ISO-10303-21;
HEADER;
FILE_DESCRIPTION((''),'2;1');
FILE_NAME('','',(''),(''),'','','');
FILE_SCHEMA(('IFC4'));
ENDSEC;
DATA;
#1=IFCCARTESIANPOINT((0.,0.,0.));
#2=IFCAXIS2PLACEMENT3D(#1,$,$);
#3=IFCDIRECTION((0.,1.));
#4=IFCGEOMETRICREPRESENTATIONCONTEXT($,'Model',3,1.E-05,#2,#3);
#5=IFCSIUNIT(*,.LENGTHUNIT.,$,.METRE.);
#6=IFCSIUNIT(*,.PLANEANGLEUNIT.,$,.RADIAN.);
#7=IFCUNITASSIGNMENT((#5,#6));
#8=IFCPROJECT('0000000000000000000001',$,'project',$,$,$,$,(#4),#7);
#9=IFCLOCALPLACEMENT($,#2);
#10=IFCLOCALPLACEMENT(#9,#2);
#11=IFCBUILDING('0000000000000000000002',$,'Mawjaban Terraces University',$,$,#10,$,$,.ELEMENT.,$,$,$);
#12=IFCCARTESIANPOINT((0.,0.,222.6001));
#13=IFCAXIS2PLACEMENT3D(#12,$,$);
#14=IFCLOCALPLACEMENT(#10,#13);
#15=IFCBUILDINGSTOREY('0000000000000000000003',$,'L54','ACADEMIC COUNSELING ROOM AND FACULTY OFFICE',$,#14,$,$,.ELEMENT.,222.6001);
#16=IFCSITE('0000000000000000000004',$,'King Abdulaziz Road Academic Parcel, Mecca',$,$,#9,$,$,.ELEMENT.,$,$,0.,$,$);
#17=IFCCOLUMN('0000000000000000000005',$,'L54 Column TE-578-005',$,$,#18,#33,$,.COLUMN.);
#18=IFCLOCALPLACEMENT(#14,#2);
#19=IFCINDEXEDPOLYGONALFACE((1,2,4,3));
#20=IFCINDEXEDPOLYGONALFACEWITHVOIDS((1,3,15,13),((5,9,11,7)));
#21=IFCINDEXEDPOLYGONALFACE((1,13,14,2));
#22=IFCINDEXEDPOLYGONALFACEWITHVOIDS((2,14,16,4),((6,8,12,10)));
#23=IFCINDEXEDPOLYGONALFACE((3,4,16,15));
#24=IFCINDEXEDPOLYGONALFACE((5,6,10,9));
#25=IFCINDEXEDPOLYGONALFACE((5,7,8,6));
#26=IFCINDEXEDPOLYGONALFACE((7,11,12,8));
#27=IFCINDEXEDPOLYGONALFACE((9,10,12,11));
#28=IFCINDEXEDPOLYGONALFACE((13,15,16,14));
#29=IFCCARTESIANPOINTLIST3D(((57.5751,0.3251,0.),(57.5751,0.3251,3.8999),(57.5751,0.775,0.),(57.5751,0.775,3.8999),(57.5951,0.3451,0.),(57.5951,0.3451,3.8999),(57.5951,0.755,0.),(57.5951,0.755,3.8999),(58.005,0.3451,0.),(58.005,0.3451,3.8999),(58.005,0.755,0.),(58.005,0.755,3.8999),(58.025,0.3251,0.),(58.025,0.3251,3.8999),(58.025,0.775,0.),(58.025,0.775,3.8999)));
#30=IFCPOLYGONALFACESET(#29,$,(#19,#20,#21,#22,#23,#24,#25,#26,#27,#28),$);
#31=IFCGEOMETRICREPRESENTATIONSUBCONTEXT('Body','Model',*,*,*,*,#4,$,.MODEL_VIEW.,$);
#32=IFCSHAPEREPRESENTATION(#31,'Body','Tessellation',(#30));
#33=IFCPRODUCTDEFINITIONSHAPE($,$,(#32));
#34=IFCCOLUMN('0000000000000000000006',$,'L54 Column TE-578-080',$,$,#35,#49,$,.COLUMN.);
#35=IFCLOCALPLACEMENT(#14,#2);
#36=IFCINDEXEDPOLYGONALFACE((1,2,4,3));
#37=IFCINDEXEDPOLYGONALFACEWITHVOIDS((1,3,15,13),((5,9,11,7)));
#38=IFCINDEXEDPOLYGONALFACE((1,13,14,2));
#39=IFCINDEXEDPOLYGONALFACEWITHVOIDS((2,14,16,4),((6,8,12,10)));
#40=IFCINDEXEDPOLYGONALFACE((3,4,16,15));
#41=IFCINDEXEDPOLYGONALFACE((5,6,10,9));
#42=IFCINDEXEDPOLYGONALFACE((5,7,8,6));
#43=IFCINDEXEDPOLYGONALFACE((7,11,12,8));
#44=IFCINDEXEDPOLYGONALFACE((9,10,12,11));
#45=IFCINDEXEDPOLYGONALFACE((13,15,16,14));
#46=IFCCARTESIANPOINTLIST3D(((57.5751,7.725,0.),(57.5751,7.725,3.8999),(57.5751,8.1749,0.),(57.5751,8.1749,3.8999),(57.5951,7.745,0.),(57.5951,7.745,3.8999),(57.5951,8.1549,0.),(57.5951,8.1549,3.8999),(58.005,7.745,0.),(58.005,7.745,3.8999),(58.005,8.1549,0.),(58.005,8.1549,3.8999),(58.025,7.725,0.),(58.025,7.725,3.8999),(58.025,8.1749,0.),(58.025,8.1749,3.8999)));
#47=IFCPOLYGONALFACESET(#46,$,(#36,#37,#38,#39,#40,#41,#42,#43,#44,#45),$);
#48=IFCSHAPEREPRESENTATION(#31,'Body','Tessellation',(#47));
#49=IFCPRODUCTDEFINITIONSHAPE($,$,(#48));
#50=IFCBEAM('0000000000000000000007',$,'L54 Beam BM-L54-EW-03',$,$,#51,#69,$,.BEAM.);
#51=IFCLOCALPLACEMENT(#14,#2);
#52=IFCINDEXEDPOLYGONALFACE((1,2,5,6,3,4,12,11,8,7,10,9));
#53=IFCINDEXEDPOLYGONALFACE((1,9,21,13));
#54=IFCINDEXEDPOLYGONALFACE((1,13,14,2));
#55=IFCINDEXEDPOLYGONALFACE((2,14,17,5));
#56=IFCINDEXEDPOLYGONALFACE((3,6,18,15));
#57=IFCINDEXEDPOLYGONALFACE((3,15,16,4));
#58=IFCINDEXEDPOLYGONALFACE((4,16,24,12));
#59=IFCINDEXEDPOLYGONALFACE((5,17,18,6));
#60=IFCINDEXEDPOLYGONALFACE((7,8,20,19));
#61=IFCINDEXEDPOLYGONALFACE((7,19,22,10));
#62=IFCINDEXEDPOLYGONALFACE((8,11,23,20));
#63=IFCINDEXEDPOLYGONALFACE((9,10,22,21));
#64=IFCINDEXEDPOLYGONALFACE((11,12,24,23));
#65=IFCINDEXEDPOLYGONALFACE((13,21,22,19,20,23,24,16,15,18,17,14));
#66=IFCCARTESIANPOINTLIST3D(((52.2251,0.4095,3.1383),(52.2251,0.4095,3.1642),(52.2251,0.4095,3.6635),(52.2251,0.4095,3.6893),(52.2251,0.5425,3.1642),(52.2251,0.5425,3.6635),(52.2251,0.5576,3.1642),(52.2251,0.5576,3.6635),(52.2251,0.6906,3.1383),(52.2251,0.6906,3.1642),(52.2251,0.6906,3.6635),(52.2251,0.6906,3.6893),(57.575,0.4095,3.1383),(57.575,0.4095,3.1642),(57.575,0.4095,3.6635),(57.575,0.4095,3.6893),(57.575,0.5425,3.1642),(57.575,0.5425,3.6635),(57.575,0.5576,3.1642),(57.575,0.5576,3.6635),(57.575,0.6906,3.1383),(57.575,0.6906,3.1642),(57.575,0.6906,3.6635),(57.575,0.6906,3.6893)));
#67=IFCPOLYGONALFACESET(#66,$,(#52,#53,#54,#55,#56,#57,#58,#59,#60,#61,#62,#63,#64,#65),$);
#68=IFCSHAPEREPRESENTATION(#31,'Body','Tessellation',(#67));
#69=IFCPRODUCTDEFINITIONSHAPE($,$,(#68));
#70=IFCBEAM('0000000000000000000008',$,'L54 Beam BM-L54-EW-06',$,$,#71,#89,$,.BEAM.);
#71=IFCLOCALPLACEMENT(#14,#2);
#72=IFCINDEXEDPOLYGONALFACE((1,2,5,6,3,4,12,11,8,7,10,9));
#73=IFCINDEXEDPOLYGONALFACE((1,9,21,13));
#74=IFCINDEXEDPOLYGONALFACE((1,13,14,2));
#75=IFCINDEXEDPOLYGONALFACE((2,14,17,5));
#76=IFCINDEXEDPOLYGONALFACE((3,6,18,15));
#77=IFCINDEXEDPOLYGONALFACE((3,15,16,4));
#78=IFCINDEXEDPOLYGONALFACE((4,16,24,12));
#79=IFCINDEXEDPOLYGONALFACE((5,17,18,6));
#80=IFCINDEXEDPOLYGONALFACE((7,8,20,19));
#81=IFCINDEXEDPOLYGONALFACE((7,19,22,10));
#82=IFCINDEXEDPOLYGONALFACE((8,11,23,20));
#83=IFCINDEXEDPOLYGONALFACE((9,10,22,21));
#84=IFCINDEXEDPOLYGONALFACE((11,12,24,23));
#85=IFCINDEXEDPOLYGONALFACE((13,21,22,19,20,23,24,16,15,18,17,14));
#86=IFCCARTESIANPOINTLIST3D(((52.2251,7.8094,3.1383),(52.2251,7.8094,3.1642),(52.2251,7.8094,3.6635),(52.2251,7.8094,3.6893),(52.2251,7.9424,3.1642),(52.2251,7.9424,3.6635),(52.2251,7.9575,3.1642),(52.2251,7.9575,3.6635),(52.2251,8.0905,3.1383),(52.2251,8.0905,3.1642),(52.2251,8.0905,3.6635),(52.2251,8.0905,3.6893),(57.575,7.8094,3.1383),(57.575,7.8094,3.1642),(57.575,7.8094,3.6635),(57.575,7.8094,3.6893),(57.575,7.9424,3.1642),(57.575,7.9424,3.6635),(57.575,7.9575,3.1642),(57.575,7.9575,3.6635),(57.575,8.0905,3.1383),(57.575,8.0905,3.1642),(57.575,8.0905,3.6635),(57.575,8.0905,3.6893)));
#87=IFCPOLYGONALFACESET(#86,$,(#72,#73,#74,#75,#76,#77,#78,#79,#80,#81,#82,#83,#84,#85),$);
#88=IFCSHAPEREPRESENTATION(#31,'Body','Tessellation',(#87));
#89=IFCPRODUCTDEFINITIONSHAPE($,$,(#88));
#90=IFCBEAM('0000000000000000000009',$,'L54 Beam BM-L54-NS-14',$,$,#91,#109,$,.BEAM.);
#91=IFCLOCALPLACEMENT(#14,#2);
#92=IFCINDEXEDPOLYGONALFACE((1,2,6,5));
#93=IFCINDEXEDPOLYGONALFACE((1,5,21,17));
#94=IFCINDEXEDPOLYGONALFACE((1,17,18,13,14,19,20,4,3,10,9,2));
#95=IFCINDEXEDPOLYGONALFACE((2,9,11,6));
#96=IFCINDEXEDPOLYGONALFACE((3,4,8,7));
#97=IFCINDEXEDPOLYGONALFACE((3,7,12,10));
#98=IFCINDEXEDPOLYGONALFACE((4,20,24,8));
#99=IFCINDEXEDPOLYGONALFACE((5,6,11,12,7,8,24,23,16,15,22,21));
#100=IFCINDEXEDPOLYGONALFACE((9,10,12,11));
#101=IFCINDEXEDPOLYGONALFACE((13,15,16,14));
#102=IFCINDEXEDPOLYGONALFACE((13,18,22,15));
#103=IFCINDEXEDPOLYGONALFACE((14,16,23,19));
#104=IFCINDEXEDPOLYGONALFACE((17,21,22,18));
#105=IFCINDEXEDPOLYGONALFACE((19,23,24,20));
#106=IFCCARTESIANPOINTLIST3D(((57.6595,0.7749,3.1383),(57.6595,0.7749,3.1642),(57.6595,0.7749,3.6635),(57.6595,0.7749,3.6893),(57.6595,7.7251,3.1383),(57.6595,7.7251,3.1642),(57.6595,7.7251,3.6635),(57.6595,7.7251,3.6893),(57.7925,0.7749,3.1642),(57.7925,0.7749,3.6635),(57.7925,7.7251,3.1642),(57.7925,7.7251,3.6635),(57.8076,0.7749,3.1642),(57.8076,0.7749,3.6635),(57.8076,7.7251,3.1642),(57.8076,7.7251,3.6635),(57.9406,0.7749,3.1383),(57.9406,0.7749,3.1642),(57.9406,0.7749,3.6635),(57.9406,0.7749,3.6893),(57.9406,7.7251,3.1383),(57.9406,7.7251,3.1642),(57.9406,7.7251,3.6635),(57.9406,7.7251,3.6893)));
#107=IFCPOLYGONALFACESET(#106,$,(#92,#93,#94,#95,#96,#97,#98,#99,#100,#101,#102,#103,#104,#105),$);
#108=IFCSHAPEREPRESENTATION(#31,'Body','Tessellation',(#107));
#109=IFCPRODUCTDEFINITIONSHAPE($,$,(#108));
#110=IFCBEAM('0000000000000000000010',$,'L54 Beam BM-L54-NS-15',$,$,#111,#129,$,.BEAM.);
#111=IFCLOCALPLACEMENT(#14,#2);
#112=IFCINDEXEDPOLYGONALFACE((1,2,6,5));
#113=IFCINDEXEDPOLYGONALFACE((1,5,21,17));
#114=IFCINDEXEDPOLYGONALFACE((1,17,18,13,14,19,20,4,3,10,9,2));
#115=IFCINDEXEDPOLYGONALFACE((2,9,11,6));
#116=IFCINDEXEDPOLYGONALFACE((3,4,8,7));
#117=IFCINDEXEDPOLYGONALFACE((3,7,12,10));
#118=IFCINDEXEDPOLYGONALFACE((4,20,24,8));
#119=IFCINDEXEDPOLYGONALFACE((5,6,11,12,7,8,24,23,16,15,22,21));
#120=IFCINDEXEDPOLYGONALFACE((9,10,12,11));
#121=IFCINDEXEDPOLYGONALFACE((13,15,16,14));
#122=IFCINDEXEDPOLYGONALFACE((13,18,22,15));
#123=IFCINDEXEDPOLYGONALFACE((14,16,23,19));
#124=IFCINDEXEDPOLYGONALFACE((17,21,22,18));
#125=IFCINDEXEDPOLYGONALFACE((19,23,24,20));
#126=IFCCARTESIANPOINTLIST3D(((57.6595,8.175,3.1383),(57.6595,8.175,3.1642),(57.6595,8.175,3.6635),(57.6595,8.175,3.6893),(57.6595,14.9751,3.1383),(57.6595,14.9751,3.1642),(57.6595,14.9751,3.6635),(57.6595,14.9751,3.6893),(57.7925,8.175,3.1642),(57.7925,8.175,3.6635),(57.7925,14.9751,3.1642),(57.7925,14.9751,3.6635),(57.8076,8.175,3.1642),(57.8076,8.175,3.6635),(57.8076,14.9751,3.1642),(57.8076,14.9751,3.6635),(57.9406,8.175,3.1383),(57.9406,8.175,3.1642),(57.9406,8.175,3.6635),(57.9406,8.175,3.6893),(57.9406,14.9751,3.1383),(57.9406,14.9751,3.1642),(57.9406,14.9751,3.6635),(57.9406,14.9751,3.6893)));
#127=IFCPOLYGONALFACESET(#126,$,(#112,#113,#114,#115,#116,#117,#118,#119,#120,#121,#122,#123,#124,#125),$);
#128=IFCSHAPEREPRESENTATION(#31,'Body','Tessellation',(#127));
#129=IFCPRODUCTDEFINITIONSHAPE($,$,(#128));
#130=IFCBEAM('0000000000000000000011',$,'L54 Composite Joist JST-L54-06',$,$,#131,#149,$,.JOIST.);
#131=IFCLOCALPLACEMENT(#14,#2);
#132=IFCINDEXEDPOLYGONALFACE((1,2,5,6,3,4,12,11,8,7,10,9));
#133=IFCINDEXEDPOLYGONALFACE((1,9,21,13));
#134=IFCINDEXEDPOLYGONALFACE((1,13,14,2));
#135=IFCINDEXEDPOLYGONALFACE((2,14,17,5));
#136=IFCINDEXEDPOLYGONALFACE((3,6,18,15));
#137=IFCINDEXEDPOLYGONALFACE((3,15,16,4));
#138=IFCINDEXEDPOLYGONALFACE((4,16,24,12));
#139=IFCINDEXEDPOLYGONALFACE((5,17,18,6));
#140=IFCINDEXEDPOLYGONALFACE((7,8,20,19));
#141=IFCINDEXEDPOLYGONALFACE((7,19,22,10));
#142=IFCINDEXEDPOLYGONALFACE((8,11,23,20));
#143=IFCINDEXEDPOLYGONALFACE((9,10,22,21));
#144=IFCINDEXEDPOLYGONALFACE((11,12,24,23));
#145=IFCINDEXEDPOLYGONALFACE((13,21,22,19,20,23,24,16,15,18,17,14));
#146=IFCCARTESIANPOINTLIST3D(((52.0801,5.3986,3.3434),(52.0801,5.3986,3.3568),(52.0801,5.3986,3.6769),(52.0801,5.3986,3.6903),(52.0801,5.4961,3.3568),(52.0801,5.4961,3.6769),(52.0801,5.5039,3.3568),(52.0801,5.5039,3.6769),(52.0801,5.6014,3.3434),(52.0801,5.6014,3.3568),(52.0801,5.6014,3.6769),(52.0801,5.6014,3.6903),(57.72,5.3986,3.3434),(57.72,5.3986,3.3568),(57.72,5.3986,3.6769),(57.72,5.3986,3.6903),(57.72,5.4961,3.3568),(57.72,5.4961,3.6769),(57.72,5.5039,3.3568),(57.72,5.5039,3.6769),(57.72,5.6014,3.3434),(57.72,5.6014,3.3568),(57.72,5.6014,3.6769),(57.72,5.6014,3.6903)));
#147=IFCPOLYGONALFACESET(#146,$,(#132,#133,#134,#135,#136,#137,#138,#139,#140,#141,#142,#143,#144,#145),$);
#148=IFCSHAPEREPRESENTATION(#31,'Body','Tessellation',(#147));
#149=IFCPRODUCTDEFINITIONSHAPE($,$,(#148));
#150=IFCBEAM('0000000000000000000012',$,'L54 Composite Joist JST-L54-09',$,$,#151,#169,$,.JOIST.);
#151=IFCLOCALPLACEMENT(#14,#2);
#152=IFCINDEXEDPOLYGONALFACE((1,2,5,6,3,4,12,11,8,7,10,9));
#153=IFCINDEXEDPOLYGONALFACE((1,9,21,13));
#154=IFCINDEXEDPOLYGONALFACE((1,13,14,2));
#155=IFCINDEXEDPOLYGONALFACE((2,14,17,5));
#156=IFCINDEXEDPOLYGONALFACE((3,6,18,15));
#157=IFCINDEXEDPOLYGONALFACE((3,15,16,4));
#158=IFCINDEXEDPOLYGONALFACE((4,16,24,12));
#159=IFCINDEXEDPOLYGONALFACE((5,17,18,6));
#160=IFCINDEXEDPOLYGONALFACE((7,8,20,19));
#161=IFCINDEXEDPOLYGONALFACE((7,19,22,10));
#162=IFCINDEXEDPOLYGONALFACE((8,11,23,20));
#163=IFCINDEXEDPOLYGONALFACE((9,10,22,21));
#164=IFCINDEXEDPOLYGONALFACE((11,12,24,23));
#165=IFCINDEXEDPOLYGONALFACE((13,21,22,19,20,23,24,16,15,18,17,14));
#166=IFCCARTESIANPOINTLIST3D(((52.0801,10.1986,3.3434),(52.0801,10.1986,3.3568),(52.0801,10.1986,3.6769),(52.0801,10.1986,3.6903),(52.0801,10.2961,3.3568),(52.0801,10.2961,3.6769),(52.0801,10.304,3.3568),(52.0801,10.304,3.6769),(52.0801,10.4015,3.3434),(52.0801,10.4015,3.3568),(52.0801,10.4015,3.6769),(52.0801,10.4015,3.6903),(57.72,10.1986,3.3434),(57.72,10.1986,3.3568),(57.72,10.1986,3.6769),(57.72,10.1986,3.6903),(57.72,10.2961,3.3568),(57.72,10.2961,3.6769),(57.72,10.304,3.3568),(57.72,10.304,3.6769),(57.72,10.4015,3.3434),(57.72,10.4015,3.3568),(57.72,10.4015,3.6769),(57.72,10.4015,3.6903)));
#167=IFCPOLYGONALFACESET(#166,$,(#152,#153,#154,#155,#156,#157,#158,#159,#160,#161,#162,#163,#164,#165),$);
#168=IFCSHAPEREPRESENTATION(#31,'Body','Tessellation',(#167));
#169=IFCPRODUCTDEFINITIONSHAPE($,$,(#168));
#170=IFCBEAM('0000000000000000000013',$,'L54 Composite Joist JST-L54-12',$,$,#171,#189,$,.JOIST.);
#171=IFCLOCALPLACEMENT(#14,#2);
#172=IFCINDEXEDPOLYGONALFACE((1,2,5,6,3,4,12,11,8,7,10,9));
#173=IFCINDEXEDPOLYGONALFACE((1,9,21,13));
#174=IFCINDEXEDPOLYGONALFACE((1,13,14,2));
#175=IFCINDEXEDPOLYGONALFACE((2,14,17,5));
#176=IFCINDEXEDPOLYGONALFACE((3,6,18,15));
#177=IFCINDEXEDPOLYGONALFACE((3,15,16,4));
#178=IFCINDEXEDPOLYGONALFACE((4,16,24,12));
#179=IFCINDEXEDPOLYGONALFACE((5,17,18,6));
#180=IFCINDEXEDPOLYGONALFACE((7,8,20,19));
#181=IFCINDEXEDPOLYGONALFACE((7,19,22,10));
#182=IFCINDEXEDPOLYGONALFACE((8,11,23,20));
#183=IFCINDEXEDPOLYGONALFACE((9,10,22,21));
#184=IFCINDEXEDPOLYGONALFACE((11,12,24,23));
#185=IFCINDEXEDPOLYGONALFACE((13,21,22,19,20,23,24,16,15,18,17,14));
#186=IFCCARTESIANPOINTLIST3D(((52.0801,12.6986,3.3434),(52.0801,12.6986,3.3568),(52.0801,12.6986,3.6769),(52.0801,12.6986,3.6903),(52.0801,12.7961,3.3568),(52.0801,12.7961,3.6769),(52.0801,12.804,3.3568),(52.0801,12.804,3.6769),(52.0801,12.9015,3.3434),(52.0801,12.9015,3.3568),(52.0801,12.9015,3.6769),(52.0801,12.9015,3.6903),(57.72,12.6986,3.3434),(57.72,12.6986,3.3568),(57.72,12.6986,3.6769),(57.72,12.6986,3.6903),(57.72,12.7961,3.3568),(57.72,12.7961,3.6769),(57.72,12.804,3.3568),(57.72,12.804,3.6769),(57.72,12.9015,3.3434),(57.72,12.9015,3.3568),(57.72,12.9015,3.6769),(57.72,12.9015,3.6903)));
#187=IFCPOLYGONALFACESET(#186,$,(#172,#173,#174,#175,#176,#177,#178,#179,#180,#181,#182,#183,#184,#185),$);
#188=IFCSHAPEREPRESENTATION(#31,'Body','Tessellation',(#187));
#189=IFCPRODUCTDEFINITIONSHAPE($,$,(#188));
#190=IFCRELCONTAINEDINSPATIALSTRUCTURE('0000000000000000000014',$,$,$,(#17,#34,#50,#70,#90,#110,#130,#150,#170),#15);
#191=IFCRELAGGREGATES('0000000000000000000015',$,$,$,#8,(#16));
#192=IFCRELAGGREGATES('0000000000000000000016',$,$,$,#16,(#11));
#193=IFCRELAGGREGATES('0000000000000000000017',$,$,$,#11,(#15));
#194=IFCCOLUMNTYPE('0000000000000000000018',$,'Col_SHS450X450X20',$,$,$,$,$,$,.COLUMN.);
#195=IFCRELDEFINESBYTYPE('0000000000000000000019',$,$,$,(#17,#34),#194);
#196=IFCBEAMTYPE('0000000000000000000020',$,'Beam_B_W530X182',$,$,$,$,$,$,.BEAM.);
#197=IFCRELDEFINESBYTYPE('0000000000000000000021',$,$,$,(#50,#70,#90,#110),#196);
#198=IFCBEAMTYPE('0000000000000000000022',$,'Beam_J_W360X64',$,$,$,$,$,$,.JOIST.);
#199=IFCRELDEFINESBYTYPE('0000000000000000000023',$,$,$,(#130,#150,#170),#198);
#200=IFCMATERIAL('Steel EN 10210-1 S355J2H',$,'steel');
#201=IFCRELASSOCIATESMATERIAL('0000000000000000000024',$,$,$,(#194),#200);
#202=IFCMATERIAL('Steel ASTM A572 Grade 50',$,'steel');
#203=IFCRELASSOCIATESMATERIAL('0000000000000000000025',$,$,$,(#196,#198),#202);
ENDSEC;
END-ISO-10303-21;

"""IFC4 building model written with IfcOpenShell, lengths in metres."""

from ifc_helpers import new_model, si_unit, direction, frame, origin, origin_2d, place, context, subcontext, project, spatial, hollow_rectangle, i_section, extrude, material, material_profile, profile_set, type_object, element, save


model = new_model("IFC4")

# Units and contexts
model_context = context("Model", 3, precision=1e-05, world=origin(), true_north=direction((0.0, 1.0)))
body_context = subcontext(model_context, "Body", "Model", "MODEL_VIEW")
ifc_project = project(units=[si_unit("LENGTHUNIT", "METRE"), si_unit("PLANEANGLEUNIT", "RADIAN")], contexts=[model_context])

# Site, building, storey
site_placement = place(None, origin())
site = spatial("IfcSite", under=ifc_project, at=site_placement, Name="King Abdulaziz Road Academic Parcel, Mecca", CompositionType="ELEMENT", RefElevation=0.0)
building_placement = place(site_placement, origin())
building = spatial("IfcBuilding", under=site, at=building_placement, Name="Mawjaban Terraces University", CompositionType="ELEMENT")
storey_placement = place(building_placement, frame((0.0, 0.0, 222.6001)))
storey = spatial("IfcBuildingStorey", under=building, at=storey_placement, Name="L54", Description="ACADEMIC COUNSELING ROOM AND FACULTY OFFICE", CompositionType="ELEMENT", Elevation=222.6001)

# Columns
ifc_material_1 = material(Name="Steel EN 10210-1 S355J2H", Category="steel")
ifc_material_profile_1 = material_profile(ifc_material_1, hollow_rectangle(XDim=0.45, YDim=0.45, WallThickness=0.02, at=origin_2d()), Name="SHS450X450X20")
ifc_profile_set_1 = profile_set([ifc_material_profile_1], Name="Steel EN 10210-1 S355J2H")
column_type = type_object("IfcColumnType", Name="Col_SHS450X450X20", PredefinedType="COLUMN", material=ifc_profile_set_1)
for number, where, z_axis, x_axis, name in (
    (1, (57.8, 0.55, 0.0), (0.0, 0.0, 1.0), (1.0, 0.0, 0.0), "L54 Column TE-578-005"),
    (2, (57.8, 7.95, 0.0), (0.0, 0.0, 1.0), (1.0, 0.0, 0.0), "L54 Column TE-578-080"),
):
    element("IfcColumn", number, at=place(storey_placement, frame(where, z_axis=z_axis, x_axis=x_axis)), inside=storey, type_object=column_type, Name=name, PredefinedType="COLUMN", context=body_context, shape_type="SweptSolid", body=[
        extrude(hollow_rectangle(XDim=0.45, YDim=0.45, WallThickness=0.02, at=origin_2d()), origin(), (0.0, 0.0, 1.0), 3.8999),
    ])

# Beams
ifc_material_2 = material(Name="Steel ASTM A572 Grade 50", Category="steel")
ifc_material_profile_2 = material_profile(ifc_material_2, i_section(OverallWidth=0.281, OverallDepth=0.551, WebThickness=0.0151, FlangeThickness=0.0259, at=origin_2d()), Name="W530X182")
ifc_profile_set_2 = profile_set([ifc_material_profile_2], Name="Steel ASTM A572 Grade 50")
beam_type_1 = type_object("IfcBeamType", Name="Beam_B_W530X182", PredefinedType="BEAM", material=ifc_profile_set_2)
for number, where, z_axis, x_axis, name in (
    (3, (52.2251, 0.55, 3.4138), (1.0, 0.0, 0.0), (0.0, 1.0, 0.0), "L54 Beam BM-L54-EW-03"),
    (4, (52.2251, 7.95, 3.4138), (1.0, 0.0, 0.0), (0.0, 1.0, 0.0), "L54 Beam BM-L54-EW-06"),
):
    element("IfcBeam", number, at=place(storey_placement, frame(where, z_axis=z_axis, x_axis=x_axis)), inside=storey, type_object=beam_type_1, Name=name, PredefinedType="BEAM", context=body_context, shape_type="SweptSolid", body=[
        extrude(i_section(OverallWidth=0.281, OverallDepth=0.551, WebThickness=0.0151, FlangeThickness=0.0259, at=origin_2d()), origin(), (0.0, 0.0, 1.0), 5.3499),
    ])
beam_1_placement = place(storey_placement, frame((57.8, 0.7749, 3.4138), z_axis=(0.0, 1.0, 0.0), x_axis=(-1.0, 0.0, 0.0)))
element("IfcBeam", 5, at=beam_1_placement, inside=storey, type_object=beam_type_1, Name="L54 Beam BM-L54-NS-14", PredefinedType="BEAM", context=body_context, shape_type="SweptSolid", body=[
    extrude(i_section(OverallWidth=0.281, OverallDepth=0.551, WebThickness=0.0151, FlangeThickness=0.0259, at=origin_2d()), origin(), (0.0, 0.0, 1.0), 6.9502),
])
beam_2_placement = place(storey_placement, frame((57.8, 8.175, 3.4138), z_axis=(0.0, 1.0, 0.0), x_axis=(-1.0, 0.0, 0.0)))
element("IfcBeam", 6, at=beam_2_placement, inside=storey, type_object=beam_type_1, Name="L54 Beam BM-L54-NS-15", PredefinedType="BEAM", context=body_context, shape_type="SweptSolid", body=[
    extrude(i_section(OverallWidth=0.281, OverallDepth=0.551, WebThickness=0.0151, FlangeThickness=0.0259, at=origin_2d()), origin(), (0.0, 0.0, 1.0), 6.8),
])
ifc_material_profile_3 = material_profile(ifc_material_2, i_section(OverallWidth=0.2029, OverallDepth=0.3469, WebThickness=0.0078, FlangeThickness=0.0134, at=origin_2d()), Name="W360X64")
ifc_profile_set_3 = profile_set([ifc_material_profile_3], Name="Steel ASTM A572 Grade 50")
beam_type_2 = type_object("IfcBeamType", Name="Beam_J_W360X64", PredefinedType="JOIST", material=ifc_profile_set_3)
for number, where, z_axis, x_axis, name in (
    (7, (52.0801, 5.5, 3.5168), (1.0, 0.0, 0.0), (0.0, 1.0, 0.0), "L54 Composite Joist JST-L54-06"),
    (8, (52.0801, 10.3, 3.5168), (1.0, 0.0, 0.0), (0.0, 1.0, 0.0), "L54 Composite Joist JST-L54-09"),
    (9, (52.0801, 12.8, 3.5168), (1.0, 0.0, 0.0), (0.0, 1.0, 0.0), "L54 Composite Joist JST-L54-12"),
):
    element("IfcBeam", number, at=place(storey_placement, frame(where, z_axis=z_axis, x_axis=x_axis)), inside=storey, type_object=beam_type_2, Name=name, PredefinedType="JOIST", context=body_context, shape_type="SweptSolid", body=[
        extrude(i_section(OverallWidth=0.2029, OverallDepth=0.3469, WebThickness=0.0078, FlangeThickness=0.0134, at=origin_2d()), origin(), (0.0, 0.0, 1.0), 5.6399),
    ])

save(model, "model.ifc")
